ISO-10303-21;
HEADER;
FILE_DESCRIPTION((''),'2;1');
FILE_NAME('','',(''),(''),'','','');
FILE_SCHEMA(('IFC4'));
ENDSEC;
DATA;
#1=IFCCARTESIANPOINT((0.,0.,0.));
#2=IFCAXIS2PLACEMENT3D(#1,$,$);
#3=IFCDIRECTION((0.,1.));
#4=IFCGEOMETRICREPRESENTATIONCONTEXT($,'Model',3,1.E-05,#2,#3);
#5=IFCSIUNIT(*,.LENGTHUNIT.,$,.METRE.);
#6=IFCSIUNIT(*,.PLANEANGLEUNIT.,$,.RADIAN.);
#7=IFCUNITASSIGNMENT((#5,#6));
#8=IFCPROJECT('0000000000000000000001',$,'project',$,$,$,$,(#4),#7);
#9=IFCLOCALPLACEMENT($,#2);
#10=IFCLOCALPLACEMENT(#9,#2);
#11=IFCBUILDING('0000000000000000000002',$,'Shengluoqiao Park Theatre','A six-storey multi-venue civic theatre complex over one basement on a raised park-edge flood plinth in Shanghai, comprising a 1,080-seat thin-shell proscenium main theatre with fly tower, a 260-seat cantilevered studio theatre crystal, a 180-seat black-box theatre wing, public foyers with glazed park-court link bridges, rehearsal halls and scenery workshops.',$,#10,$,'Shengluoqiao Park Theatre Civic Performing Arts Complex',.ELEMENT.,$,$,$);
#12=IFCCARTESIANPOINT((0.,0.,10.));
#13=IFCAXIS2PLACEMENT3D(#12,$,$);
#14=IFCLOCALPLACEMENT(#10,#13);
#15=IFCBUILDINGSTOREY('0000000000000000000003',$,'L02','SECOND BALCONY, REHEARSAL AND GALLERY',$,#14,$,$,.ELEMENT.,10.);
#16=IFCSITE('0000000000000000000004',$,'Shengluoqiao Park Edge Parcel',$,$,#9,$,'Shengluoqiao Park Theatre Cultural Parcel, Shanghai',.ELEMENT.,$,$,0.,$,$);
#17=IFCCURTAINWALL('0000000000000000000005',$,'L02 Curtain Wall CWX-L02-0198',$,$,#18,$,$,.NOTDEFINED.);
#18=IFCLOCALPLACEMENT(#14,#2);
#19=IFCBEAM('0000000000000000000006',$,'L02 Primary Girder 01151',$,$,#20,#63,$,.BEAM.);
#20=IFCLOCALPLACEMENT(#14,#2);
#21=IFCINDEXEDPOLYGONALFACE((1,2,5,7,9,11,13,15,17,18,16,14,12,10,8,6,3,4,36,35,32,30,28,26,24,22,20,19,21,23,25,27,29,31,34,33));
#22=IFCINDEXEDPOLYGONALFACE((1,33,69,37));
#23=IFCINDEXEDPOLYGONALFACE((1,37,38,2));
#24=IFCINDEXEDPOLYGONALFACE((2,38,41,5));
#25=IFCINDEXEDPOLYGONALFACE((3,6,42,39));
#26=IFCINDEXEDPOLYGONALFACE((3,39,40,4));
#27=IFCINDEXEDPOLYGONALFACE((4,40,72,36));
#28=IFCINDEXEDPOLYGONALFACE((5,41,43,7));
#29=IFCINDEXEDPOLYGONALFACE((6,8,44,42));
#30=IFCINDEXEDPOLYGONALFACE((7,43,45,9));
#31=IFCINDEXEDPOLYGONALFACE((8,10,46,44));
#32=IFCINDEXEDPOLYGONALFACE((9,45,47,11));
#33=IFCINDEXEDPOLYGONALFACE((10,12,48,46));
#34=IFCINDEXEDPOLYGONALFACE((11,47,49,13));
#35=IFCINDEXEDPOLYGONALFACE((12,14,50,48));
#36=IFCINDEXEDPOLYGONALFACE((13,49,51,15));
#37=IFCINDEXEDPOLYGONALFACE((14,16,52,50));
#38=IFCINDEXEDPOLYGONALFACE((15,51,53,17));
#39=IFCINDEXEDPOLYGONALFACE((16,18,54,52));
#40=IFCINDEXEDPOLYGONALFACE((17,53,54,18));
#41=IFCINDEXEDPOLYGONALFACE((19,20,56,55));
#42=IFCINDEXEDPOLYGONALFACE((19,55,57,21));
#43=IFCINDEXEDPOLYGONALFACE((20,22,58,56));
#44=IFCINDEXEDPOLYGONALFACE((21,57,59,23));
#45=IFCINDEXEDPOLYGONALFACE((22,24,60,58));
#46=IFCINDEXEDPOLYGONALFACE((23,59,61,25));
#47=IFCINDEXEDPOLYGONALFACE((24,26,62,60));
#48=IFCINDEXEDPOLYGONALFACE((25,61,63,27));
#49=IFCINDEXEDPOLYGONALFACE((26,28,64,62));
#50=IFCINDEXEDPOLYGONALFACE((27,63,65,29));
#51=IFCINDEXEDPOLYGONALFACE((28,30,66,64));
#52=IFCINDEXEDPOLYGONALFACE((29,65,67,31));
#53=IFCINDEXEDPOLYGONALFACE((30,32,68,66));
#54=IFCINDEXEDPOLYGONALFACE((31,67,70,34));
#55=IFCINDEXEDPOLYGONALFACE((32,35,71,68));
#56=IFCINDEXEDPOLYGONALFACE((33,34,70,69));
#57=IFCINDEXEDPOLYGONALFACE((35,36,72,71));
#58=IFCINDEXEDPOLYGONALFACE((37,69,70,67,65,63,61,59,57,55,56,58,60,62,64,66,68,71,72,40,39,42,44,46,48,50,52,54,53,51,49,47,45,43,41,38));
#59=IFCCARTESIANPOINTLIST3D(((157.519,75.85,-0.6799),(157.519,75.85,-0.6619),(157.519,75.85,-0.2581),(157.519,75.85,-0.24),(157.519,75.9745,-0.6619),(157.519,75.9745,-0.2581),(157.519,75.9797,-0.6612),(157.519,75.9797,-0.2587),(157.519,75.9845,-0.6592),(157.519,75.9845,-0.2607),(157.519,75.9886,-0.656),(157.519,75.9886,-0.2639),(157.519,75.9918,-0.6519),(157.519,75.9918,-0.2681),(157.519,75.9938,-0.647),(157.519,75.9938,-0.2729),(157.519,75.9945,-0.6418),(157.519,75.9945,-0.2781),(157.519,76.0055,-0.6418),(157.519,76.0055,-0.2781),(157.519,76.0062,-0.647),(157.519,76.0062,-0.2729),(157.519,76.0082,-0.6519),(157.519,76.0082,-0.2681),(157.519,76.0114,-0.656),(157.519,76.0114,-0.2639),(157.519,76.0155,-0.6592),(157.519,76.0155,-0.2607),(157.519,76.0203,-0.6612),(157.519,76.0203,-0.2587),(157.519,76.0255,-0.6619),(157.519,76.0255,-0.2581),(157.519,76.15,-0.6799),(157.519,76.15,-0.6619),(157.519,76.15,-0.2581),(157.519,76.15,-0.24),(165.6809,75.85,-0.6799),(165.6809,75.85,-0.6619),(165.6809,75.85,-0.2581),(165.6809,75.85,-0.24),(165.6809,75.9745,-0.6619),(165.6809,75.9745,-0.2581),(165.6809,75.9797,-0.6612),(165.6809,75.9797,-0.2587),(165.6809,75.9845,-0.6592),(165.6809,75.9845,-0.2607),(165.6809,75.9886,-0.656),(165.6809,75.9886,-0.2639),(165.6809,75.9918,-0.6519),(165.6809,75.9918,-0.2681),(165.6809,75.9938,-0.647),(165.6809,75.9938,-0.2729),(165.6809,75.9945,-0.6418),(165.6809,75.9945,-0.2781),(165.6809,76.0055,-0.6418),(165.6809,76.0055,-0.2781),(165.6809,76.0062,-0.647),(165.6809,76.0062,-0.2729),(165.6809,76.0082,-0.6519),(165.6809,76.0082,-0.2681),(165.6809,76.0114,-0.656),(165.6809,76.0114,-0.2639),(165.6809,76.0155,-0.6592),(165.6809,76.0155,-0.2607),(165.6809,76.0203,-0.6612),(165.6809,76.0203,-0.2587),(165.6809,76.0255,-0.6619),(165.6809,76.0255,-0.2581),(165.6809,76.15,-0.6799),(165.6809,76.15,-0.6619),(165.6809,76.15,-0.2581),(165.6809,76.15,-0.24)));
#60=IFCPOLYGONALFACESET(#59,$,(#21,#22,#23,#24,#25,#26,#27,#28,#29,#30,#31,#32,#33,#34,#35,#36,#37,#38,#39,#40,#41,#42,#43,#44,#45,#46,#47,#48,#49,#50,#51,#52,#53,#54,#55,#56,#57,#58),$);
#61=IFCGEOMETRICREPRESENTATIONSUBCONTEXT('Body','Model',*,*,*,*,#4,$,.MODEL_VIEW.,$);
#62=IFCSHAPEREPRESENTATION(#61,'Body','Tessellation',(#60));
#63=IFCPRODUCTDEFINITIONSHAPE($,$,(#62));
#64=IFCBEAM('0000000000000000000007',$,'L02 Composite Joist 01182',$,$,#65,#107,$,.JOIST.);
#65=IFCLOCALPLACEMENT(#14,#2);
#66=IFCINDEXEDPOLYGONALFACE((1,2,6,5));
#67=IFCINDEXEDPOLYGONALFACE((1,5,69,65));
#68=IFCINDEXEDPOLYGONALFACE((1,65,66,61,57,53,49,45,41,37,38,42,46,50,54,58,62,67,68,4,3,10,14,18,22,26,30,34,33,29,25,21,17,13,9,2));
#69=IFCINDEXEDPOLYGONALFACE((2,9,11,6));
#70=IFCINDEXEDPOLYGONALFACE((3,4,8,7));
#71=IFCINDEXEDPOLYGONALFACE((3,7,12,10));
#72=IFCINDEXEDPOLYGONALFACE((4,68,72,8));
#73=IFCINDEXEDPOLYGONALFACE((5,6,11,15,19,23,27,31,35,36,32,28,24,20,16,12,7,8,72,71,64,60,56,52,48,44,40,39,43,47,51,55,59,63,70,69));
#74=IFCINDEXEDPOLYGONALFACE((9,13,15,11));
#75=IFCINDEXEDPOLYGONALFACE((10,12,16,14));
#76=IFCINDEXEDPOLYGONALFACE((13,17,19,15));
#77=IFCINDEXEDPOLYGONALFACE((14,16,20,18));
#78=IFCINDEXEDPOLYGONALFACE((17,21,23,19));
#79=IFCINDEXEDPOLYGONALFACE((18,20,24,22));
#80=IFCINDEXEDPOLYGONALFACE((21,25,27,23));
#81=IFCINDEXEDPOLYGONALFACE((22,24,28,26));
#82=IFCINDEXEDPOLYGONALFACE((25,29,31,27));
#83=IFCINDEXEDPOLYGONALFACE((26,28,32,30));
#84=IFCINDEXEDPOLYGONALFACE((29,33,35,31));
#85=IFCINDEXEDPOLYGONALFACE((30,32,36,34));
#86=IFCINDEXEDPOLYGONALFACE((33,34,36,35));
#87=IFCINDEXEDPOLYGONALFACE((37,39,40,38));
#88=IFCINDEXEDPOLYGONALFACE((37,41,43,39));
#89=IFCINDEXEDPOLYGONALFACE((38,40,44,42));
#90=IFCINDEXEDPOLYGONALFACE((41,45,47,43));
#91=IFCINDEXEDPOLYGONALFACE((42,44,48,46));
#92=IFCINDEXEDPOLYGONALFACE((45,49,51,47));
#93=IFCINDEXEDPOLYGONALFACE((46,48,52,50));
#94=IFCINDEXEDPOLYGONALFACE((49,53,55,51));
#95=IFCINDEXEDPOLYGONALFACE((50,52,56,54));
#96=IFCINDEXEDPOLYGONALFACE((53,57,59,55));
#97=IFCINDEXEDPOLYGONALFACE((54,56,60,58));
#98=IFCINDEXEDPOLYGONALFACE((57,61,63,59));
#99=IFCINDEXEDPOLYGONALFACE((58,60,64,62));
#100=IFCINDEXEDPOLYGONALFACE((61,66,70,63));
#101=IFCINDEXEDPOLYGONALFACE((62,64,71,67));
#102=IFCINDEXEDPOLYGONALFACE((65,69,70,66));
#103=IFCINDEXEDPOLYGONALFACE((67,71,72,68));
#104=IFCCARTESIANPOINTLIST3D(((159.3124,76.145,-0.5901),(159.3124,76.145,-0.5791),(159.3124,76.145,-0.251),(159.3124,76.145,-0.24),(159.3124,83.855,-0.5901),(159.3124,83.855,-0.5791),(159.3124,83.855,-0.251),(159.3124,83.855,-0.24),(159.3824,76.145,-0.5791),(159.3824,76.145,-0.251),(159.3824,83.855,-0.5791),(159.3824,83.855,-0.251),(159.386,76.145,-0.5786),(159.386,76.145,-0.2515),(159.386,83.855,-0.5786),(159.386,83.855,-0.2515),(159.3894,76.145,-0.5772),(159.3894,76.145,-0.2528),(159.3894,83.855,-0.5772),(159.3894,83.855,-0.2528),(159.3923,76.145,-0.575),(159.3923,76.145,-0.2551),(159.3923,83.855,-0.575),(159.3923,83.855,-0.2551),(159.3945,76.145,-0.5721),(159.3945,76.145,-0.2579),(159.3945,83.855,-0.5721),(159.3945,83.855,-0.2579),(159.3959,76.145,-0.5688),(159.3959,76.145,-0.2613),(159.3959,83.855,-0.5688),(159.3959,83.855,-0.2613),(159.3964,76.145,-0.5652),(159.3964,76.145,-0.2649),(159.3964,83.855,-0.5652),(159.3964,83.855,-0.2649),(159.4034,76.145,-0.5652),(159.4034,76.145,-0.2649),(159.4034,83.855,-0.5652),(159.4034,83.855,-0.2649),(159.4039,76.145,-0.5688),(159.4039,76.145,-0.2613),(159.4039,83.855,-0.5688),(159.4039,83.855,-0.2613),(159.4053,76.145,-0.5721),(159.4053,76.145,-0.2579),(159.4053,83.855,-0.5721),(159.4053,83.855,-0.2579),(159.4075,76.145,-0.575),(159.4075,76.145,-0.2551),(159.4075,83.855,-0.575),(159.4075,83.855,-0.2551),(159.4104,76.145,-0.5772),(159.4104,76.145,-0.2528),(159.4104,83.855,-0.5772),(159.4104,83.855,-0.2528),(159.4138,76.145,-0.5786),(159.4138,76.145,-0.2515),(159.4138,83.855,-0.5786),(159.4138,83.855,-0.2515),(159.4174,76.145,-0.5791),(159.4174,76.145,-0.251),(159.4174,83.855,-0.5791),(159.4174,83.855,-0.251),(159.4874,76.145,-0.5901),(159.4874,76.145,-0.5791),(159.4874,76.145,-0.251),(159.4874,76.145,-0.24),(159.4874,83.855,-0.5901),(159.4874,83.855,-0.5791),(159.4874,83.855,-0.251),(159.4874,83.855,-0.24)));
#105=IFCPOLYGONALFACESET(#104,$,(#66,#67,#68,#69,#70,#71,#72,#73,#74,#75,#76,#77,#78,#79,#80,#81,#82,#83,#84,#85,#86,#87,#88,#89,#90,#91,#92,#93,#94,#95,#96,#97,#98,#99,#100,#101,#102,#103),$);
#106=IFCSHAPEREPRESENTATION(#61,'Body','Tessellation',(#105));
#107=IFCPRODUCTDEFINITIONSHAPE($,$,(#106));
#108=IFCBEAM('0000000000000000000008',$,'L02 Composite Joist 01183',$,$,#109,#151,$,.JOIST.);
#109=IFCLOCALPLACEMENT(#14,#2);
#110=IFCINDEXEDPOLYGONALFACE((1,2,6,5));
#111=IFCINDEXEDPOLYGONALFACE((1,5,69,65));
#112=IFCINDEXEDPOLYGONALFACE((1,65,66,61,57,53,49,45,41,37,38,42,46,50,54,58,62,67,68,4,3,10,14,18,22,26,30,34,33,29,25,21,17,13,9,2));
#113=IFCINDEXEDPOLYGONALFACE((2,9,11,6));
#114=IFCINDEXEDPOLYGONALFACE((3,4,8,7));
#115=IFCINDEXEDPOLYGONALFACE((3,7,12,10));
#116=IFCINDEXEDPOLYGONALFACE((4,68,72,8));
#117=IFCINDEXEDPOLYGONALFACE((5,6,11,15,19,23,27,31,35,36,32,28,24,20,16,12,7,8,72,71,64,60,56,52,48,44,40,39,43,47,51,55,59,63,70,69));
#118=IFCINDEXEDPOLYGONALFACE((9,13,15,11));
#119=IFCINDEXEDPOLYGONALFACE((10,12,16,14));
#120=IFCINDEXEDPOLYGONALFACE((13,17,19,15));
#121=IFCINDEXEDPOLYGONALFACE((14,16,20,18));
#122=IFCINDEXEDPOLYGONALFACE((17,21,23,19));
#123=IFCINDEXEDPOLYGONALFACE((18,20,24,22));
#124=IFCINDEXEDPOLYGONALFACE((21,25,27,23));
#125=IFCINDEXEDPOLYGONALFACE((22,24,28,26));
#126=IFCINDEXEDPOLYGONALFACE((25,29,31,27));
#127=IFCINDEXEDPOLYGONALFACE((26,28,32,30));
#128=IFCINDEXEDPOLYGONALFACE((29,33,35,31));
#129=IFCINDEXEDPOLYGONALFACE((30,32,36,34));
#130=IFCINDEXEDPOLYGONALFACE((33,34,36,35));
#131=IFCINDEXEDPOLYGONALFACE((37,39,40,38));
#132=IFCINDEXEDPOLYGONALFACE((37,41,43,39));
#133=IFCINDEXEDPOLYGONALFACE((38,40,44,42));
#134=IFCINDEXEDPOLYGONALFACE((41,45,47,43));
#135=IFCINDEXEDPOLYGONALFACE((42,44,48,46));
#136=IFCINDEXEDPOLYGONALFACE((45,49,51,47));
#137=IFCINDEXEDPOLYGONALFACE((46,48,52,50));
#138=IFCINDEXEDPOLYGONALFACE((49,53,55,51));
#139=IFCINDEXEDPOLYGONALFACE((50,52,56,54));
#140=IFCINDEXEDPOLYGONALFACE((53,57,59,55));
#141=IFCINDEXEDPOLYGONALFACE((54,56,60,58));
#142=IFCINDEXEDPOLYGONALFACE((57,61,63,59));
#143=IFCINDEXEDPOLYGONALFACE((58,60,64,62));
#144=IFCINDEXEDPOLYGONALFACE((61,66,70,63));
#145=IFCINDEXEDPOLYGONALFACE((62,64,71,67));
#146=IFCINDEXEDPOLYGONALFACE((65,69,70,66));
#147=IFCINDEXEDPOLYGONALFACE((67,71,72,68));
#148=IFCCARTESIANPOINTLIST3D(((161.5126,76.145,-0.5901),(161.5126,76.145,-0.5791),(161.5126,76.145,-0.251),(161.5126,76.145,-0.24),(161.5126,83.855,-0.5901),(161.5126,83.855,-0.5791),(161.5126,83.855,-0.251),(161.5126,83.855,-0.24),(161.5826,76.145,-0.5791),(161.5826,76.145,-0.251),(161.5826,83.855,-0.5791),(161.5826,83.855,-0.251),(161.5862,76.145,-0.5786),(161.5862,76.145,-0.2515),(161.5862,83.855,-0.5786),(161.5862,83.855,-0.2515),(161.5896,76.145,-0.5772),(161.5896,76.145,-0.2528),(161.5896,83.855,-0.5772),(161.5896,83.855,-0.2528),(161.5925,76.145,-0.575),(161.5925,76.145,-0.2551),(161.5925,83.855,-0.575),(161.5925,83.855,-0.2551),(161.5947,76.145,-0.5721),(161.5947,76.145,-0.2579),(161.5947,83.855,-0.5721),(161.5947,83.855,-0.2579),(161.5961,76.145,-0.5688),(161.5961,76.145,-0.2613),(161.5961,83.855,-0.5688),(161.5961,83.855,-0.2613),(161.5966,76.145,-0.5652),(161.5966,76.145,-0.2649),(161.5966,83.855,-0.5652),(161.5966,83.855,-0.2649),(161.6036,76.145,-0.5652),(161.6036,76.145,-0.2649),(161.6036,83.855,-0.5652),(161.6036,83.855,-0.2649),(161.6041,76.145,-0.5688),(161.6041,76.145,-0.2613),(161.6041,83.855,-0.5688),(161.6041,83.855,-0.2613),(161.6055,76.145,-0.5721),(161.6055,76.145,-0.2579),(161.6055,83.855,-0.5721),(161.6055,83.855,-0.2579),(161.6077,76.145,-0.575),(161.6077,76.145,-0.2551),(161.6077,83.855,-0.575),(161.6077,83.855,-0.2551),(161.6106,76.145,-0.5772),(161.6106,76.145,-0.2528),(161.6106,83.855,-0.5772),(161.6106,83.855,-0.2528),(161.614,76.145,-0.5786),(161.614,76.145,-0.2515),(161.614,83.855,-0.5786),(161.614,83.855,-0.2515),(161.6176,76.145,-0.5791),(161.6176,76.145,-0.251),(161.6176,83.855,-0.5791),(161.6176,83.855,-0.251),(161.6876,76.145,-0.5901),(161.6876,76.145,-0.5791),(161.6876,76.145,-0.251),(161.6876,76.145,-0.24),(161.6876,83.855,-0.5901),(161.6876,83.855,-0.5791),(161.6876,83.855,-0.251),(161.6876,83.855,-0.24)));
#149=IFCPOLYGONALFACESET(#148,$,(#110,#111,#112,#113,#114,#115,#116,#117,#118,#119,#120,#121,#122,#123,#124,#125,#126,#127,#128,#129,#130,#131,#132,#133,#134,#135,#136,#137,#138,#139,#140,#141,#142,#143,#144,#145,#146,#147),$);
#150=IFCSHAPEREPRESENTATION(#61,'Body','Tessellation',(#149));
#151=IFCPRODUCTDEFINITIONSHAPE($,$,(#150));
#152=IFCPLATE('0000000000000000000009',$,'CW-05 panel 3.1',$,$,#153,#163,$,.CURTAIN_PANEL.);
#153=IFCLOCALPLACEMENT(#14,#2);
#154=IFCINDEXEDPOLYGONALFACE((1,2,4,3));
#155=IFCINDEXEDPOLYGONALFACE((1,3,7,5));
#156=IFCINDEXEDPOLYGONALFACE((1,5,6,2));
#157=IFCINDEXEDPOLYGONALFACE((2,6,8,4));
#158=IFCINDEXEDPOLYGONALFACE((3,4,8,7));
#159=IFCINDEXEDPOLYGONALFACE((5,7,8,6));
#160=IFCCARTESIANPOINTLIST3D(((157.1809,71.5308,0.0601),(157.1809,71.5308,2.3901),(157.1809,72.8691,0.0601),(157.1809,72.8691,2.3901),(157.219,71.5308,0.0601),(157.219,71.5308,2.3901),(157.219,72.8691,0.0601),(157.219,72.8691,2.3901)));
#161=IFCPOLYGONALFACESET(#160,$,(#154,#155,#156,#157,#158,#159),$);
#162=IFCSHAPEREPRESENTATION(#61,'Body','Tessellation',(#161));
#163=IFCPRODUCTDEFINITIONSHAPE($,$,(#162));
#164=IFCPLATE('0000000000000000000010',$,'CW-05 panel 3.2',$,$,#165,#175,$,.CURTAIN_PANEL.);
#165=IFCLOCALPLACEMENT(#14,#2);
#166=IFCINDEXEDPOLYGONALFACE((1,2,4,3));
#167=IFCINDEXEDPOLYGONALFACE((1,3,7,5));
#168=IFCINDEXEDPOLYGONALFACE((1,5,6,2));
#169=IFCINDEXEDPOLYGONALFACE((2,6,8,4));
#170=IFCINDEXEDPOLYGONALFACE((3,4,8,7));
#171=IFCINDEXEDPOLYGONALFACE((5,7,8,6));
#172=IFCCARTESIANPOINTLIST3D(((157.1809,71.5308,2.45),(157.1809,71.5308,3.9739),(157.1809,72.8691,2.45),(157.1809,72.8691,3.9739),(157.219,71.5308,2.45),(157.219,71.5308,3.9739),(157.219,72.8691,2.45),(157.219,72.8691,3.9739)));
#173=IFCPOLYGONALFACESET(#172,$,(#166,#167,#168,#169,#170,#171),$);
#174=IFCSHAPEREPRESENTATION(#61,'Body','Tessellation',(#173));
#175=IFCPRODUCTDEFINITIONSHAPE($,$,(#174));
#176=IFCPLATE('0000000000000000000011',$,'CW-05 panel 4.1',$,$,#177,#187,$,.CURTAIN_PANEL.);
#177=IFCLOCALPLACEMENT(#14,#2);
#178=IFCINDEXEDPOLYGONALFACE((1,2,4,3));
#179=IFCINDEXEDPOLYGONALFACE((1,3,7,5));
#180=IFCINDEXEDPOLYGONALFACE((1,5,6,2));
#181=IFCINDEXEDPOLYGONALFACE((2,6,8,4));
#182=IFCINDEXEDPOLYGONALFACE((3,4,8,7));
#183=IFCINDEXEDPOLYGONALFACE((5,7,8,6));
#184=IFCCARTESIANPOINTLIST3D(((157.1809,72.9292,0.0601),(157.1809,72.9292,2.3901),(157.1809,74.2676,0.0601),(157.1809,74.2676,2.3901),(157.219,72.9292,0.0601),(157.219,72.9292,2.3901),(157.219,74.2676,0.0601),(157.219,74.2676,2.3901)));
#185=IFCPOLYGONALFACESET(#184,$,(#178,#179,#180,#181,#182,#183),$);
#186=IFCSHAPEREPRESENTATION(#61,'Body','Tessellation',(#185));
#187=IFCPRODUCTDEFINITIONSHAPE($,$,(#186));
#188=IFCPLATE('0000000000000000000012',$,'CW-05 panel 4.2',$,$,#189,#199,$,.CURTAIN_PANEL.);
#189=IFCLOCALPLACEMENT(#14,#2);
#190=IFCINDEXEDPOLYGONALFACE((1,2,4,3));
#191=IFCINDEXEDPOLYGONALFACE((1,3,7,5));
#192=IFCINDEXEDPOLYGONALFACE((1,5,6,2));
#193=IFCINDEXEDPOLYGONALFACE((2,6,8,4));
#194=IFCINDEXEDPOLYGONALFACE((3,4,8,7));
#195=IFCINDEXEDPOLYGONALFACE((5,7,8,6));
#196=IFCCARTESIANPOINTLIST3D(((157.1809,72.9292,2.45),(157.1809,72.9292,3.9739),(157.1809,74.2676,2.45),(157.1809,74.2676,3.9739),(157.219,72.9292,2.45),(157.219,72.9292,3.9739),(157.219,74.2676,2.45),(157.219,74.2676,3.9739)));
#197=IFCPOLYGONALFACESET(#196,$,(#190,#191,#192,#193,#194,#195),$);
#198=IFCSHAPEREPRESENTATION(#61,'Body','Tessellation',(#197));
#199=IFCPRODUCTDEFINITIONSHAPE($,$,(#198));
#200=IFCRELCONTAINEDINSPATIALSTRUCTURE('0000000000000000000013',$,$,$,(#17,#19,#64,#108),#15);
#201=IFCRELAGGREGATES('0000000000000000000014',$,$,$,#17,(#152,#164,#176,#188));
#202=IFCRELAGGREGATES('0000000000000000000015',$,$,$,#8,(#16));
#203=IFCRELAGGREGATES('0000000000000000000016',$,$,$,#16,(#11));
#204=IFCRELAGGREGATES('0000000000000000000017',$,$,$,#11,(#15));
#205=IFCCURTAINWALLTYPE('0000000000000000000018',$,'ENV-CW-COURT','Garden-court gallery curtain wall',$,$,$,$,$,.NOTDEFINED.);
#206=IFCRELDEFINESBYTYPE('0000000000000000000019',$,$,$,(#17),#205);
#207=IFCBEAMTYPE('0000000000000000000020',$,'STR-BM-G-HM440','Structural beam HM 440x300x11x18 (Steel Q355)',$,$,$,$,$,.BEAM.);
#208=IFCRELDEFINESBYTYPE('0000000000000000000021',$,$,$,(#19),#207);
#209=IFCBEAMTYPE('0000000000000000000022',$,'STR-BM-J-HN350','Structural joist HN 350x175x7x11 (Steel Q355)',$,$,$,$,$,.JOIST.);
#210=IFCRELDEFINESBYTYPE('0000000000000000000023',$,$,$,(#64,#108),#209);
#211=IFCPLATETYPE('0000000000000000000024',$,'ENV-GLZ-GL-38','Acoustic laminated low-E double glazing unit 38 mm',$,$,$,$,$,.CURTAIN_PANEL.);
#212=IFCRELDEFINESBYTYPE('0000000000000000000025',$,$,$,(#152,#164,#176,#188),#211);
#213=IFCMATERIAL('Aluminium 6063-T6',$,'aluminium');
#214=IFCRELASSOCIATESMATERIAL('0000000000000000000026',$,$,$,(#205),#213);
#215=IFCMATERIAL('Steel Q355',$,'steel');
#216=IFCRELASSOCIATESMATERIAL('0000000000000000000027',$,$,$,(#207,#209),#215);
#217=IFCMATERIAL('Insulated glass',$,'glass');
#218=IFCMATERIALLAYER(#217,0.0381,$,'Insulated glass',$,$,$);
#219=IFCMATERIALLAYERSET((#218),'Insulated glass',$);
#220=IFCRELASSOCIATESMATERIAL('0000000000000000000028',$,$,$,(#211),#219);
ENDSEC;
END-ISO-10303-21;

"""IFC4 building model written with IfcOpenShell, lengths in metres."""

from ifc_helpers import new_model, si_unit, direction, frame, origin, origin_2d, place, context, subcontext, project, spatial, rectangle, i_section, extrude, material, layer, layer_set, material_profile, profile_set, type_object, element, aggregate, save


model = new_model("IFC4")

# Units and contexts
model_context = context("Model", 3, precision=1e-05, world=origin(), true_north=direction((0.0, 1.0)))
body_context = subcontext(model_context, "Body", "Model", "MODEL_VIEW")
ifc_project = project(units=[si_unit("LENGTHUNIT", "METRE"), si_unit("PLANEANGLEUNIT", "RADIAN")], contexts=[model_context])

# Site, building, storey
site_placement = place(None, origin())
site = spatial("IfcSite", under=ifc_project, at=site_placement, Name="Shengluoqiao Park Edge Parcel", LongName="Shengluoqiao Park Theatre Cultural Parcel, Shanghai", CompositionType="ELEMENT", RefElevation=0.0)
building_placement = place(site_placement, origin())
building = spatial("IfcBuilding", under=site, at=building_placement, Name="Shengluoqiao Park Theatre", Description="A six-storey multi-venue civic theatre complex over one basement on a raised park-edge flood plinth in Shanghai, comprising a 1,080-seat thin-shell proscenium main theatre with fly tower, a 260-seat cantilevered studio theatre crystal, a 180-seat black-box theatre wing, public foyers with glazed park-court link bridges, rehearsal halls and scenery workshops.", LongName="Shengluoqiao Park Theatre Civic Performing Arts Complex", CompositionType="ELEMENT")
storey_placement = place(building_placement, frame((0.0, 0.0, 10.0)))
storey = spatial("IfcBuildingStorey", under=building, at=storey_placement, Name="L02", Description="SECOND BALCONY, REHEARSAL AND GALLERY", CompositionType="ELEMENT", Elevation=10.0)

# Curtain wall
ifc_material_1 = material(Name="Aluminium 6063-T6", Category="aluminium")
curtain_wall_type = type_object("IfcCurtainWallType", Name="ENV-CW-COURT", Description="Garden-court gallery curtain wall", PredefinedType="NOTDEFINED", material=ifc_material_1)
curtain_wall_placement = place(storey_placement, origin())
curtain_wall = element("IfcCurtainWall", 1, at=curtain_wall_placement, inside=storey, type_object=curtain_wall_type, Name="L02 Curtain Wall CWX-L02-0198", PredefinedType="NOTDEFINED")

# Beams
ifc_material_2 = material(Name="Steel Q355", Category="steel")
ifc_material_profile_1 = material_profile(ifc_material_2, i_section(OverallWidth=0.3, OverallDepth=0.4399, WebThickness=0.011, FlangeThickness=0.0181, FilletRadius=0.02, at=origin_2d()), Name="HM 440x300x11x18")
ifc_profile_set_1 = profile_set([ifc_material_profile_1], Name="Steel Q355")
beam_type_1 = type_object("IfcBeamType", Name="STR-BM-G-HM440", Description="Structural beam HM 440x300x11x18 (Steel Q355)", PredefinedType="BEAM", material=ifc_profile_set_1)
beam_1_placement = place(storey_placement, frame((157.519, 76.0, -0.46), z_axis=(1.0, 0.0, 0.0), x_axis=(0.0, 1.0, 0.0)))
element("IfcBeam", 2, at=beam_1_placement, inside=storey, type_object=beam_type_1, Name="L02 Primary Girder 01151", PredefinedType="BEAM", context=body_context, shape_type="SweptSolid", body=[
    extrude(i_section(OverallWidth=0.3, OverallDepth=0.4399, WebThickness=0.011, FlangeThickness=0.0181, FilletRadius=0.02, at=origin_2d()), origin(), (0.0, 0.0, 1.0), 8.1619),
])
ifc_material_profile_2 = material_profile(ifc_material_2, i_section(OverallWidth=0.175, OverallDepth=0.3501, WebThickness=0.0071, FlangeThickness=0.011, FilletRadius=0.0139, at=origin_2d()), Name="HN 350x175x7x11")
ifc_profile_set_2 = profile_set([ifc_material_profile_2], Name="Steel Q355")
beam_type_2 = type_object("IfcBeamType", Name="STR-BM-J-HN350", Description="Structural joist HN 350x175x7x11 (Steel Q355)", PredefinedType="JOIST", material=ifc_profile_set_2)
for number, where, z_axis, x_axis, name in (
    (3, (159.3999, 76.145, -0.415), (0.0, 1.0, 0.0), (-1.0, 0.0, 0.0), "L02 Composite Joist 01182"),
    (4, (161.6001, 76.145, -0.415), (0.0, 1.0, 0.0), (-1.0, 0.0, 0.0), "L02 Composite Joist 01183"),
):
    element("IfcBeam", number, at=place(storey_placement, frame(where, z_axis=z_axis, x_axis=x_axis)), inside=storey, type_object=beam_type_2, Name=name, PredefinedType="JOIST", context=body_context, shape_type="SweptSolid", body=[
        extrude(i_section(OverallWidth=0.175, OverallDepth=0.3501, WebThickness=0.0071, FlangeThickness=0.011, FilletRadius=0.0139, at=origin_2d()), origin(), (0.0, 0.0, 1.0), 7.71),
    ])

# Plates
ifc_material_3 = material(Name="Insulated glass", Category="glass")
ifc_layer_1 = layer(ifc_material_3, 0.0381, Name="Insulated glass")
ifc_layer_set_1 = layer_set([ifc_layer_1], Name="Insulated glass")
plate_type = type_object("IfcPlateType", Name="ENV-GLZ-GL-38", Description="Acoustic laminated low-E double glazing unit 38 mm", PredefinedType="CURTAIN_PANEL", material=ifc_layer_set_1)
plate_1_placement = place(storey_placement, frame((157.2, 72.2, 0.0601), z_axis=(0.0, 0.0, 1.0), x_axis=(0.0, 1.0, 0.0)))
plate_1 = element("IfcPlate", 5, at=plate_1_placement, type_object=plate_type, Name="CW-05 panel 3.1", PredefinedType="CURTAIN_PANEL", context=body_context, shape_type="SweptSolid", body=[
    extrude(rectangle(XDim=1.3384, YDim=0.0381, at=origin_2d()), origin(), (0.0, 0.0, 1.0), 2.3301),
])
plate_2_placement = place(storey_placement, frame((157.2, 72.2, 2.45), z_axis=(0.0, 0.0, 1.0), x_axis=(0.0, 1.0, 0.0)))
plate_2 = element("IfcPlate", 6, at=plate_2_placement, type_object=plate_type, Name="CW-05 panel 3.2", PredefinedType="CURTAIN_PANEL", context=body_context, shape_type="SweptSolid", body=[
    extrude(rectangle(XDim=1.3384, YDim=0.0381, at=origin_2d()), origin(), (0.0, 0.0, 1.0), 1.5239),
])
plate_3_placement = place(storey_placement, frame((157.2, 73.5984, 0.0601), z_axis=(0.0, 0.0, 1.0), x_axis=(0.0, 1.0, 0.0)))
plate_3 = element("IfcPlate", 7, at=plate_3_placement, type_object=plate_type, Name="CW-05 panel 4.1", PredefinedType="CURTAIN_PANEL", context=body_context, shape_type="SweptSolid", body=[
    extrude(rectangle(XDim=1.3384, YDim=0.0381, at=origin_2d()), origin(), (0.0, 0.0, 1.0), 2.3301),
])
plate_4_placement = place(storey_placement, frame((157.2, 73.5984, 2.45), z_axis=(0.0, 0.0, 1.0), x_axis=(0.0, 1.0, 0.0)))
plate_4 = element("IfcPlate", 8, at=plate_4_placement, type_object=plate_type, Name="CW-05 panel 4.2", PredefinedType="CURTAIN_PANEL", context=body_context, shape_type="SweptSolid", body=[
    extrude(rectangle(XDim=1.3384, YDim=0.0381, at=origin_2d()), origin(), (0.0, 0.0, 1.0), 1.5239),
])
aggregate(curtain_wall, [plate_1, plate_2, plate_3, plate_4])

save(model, "model.ifc")
